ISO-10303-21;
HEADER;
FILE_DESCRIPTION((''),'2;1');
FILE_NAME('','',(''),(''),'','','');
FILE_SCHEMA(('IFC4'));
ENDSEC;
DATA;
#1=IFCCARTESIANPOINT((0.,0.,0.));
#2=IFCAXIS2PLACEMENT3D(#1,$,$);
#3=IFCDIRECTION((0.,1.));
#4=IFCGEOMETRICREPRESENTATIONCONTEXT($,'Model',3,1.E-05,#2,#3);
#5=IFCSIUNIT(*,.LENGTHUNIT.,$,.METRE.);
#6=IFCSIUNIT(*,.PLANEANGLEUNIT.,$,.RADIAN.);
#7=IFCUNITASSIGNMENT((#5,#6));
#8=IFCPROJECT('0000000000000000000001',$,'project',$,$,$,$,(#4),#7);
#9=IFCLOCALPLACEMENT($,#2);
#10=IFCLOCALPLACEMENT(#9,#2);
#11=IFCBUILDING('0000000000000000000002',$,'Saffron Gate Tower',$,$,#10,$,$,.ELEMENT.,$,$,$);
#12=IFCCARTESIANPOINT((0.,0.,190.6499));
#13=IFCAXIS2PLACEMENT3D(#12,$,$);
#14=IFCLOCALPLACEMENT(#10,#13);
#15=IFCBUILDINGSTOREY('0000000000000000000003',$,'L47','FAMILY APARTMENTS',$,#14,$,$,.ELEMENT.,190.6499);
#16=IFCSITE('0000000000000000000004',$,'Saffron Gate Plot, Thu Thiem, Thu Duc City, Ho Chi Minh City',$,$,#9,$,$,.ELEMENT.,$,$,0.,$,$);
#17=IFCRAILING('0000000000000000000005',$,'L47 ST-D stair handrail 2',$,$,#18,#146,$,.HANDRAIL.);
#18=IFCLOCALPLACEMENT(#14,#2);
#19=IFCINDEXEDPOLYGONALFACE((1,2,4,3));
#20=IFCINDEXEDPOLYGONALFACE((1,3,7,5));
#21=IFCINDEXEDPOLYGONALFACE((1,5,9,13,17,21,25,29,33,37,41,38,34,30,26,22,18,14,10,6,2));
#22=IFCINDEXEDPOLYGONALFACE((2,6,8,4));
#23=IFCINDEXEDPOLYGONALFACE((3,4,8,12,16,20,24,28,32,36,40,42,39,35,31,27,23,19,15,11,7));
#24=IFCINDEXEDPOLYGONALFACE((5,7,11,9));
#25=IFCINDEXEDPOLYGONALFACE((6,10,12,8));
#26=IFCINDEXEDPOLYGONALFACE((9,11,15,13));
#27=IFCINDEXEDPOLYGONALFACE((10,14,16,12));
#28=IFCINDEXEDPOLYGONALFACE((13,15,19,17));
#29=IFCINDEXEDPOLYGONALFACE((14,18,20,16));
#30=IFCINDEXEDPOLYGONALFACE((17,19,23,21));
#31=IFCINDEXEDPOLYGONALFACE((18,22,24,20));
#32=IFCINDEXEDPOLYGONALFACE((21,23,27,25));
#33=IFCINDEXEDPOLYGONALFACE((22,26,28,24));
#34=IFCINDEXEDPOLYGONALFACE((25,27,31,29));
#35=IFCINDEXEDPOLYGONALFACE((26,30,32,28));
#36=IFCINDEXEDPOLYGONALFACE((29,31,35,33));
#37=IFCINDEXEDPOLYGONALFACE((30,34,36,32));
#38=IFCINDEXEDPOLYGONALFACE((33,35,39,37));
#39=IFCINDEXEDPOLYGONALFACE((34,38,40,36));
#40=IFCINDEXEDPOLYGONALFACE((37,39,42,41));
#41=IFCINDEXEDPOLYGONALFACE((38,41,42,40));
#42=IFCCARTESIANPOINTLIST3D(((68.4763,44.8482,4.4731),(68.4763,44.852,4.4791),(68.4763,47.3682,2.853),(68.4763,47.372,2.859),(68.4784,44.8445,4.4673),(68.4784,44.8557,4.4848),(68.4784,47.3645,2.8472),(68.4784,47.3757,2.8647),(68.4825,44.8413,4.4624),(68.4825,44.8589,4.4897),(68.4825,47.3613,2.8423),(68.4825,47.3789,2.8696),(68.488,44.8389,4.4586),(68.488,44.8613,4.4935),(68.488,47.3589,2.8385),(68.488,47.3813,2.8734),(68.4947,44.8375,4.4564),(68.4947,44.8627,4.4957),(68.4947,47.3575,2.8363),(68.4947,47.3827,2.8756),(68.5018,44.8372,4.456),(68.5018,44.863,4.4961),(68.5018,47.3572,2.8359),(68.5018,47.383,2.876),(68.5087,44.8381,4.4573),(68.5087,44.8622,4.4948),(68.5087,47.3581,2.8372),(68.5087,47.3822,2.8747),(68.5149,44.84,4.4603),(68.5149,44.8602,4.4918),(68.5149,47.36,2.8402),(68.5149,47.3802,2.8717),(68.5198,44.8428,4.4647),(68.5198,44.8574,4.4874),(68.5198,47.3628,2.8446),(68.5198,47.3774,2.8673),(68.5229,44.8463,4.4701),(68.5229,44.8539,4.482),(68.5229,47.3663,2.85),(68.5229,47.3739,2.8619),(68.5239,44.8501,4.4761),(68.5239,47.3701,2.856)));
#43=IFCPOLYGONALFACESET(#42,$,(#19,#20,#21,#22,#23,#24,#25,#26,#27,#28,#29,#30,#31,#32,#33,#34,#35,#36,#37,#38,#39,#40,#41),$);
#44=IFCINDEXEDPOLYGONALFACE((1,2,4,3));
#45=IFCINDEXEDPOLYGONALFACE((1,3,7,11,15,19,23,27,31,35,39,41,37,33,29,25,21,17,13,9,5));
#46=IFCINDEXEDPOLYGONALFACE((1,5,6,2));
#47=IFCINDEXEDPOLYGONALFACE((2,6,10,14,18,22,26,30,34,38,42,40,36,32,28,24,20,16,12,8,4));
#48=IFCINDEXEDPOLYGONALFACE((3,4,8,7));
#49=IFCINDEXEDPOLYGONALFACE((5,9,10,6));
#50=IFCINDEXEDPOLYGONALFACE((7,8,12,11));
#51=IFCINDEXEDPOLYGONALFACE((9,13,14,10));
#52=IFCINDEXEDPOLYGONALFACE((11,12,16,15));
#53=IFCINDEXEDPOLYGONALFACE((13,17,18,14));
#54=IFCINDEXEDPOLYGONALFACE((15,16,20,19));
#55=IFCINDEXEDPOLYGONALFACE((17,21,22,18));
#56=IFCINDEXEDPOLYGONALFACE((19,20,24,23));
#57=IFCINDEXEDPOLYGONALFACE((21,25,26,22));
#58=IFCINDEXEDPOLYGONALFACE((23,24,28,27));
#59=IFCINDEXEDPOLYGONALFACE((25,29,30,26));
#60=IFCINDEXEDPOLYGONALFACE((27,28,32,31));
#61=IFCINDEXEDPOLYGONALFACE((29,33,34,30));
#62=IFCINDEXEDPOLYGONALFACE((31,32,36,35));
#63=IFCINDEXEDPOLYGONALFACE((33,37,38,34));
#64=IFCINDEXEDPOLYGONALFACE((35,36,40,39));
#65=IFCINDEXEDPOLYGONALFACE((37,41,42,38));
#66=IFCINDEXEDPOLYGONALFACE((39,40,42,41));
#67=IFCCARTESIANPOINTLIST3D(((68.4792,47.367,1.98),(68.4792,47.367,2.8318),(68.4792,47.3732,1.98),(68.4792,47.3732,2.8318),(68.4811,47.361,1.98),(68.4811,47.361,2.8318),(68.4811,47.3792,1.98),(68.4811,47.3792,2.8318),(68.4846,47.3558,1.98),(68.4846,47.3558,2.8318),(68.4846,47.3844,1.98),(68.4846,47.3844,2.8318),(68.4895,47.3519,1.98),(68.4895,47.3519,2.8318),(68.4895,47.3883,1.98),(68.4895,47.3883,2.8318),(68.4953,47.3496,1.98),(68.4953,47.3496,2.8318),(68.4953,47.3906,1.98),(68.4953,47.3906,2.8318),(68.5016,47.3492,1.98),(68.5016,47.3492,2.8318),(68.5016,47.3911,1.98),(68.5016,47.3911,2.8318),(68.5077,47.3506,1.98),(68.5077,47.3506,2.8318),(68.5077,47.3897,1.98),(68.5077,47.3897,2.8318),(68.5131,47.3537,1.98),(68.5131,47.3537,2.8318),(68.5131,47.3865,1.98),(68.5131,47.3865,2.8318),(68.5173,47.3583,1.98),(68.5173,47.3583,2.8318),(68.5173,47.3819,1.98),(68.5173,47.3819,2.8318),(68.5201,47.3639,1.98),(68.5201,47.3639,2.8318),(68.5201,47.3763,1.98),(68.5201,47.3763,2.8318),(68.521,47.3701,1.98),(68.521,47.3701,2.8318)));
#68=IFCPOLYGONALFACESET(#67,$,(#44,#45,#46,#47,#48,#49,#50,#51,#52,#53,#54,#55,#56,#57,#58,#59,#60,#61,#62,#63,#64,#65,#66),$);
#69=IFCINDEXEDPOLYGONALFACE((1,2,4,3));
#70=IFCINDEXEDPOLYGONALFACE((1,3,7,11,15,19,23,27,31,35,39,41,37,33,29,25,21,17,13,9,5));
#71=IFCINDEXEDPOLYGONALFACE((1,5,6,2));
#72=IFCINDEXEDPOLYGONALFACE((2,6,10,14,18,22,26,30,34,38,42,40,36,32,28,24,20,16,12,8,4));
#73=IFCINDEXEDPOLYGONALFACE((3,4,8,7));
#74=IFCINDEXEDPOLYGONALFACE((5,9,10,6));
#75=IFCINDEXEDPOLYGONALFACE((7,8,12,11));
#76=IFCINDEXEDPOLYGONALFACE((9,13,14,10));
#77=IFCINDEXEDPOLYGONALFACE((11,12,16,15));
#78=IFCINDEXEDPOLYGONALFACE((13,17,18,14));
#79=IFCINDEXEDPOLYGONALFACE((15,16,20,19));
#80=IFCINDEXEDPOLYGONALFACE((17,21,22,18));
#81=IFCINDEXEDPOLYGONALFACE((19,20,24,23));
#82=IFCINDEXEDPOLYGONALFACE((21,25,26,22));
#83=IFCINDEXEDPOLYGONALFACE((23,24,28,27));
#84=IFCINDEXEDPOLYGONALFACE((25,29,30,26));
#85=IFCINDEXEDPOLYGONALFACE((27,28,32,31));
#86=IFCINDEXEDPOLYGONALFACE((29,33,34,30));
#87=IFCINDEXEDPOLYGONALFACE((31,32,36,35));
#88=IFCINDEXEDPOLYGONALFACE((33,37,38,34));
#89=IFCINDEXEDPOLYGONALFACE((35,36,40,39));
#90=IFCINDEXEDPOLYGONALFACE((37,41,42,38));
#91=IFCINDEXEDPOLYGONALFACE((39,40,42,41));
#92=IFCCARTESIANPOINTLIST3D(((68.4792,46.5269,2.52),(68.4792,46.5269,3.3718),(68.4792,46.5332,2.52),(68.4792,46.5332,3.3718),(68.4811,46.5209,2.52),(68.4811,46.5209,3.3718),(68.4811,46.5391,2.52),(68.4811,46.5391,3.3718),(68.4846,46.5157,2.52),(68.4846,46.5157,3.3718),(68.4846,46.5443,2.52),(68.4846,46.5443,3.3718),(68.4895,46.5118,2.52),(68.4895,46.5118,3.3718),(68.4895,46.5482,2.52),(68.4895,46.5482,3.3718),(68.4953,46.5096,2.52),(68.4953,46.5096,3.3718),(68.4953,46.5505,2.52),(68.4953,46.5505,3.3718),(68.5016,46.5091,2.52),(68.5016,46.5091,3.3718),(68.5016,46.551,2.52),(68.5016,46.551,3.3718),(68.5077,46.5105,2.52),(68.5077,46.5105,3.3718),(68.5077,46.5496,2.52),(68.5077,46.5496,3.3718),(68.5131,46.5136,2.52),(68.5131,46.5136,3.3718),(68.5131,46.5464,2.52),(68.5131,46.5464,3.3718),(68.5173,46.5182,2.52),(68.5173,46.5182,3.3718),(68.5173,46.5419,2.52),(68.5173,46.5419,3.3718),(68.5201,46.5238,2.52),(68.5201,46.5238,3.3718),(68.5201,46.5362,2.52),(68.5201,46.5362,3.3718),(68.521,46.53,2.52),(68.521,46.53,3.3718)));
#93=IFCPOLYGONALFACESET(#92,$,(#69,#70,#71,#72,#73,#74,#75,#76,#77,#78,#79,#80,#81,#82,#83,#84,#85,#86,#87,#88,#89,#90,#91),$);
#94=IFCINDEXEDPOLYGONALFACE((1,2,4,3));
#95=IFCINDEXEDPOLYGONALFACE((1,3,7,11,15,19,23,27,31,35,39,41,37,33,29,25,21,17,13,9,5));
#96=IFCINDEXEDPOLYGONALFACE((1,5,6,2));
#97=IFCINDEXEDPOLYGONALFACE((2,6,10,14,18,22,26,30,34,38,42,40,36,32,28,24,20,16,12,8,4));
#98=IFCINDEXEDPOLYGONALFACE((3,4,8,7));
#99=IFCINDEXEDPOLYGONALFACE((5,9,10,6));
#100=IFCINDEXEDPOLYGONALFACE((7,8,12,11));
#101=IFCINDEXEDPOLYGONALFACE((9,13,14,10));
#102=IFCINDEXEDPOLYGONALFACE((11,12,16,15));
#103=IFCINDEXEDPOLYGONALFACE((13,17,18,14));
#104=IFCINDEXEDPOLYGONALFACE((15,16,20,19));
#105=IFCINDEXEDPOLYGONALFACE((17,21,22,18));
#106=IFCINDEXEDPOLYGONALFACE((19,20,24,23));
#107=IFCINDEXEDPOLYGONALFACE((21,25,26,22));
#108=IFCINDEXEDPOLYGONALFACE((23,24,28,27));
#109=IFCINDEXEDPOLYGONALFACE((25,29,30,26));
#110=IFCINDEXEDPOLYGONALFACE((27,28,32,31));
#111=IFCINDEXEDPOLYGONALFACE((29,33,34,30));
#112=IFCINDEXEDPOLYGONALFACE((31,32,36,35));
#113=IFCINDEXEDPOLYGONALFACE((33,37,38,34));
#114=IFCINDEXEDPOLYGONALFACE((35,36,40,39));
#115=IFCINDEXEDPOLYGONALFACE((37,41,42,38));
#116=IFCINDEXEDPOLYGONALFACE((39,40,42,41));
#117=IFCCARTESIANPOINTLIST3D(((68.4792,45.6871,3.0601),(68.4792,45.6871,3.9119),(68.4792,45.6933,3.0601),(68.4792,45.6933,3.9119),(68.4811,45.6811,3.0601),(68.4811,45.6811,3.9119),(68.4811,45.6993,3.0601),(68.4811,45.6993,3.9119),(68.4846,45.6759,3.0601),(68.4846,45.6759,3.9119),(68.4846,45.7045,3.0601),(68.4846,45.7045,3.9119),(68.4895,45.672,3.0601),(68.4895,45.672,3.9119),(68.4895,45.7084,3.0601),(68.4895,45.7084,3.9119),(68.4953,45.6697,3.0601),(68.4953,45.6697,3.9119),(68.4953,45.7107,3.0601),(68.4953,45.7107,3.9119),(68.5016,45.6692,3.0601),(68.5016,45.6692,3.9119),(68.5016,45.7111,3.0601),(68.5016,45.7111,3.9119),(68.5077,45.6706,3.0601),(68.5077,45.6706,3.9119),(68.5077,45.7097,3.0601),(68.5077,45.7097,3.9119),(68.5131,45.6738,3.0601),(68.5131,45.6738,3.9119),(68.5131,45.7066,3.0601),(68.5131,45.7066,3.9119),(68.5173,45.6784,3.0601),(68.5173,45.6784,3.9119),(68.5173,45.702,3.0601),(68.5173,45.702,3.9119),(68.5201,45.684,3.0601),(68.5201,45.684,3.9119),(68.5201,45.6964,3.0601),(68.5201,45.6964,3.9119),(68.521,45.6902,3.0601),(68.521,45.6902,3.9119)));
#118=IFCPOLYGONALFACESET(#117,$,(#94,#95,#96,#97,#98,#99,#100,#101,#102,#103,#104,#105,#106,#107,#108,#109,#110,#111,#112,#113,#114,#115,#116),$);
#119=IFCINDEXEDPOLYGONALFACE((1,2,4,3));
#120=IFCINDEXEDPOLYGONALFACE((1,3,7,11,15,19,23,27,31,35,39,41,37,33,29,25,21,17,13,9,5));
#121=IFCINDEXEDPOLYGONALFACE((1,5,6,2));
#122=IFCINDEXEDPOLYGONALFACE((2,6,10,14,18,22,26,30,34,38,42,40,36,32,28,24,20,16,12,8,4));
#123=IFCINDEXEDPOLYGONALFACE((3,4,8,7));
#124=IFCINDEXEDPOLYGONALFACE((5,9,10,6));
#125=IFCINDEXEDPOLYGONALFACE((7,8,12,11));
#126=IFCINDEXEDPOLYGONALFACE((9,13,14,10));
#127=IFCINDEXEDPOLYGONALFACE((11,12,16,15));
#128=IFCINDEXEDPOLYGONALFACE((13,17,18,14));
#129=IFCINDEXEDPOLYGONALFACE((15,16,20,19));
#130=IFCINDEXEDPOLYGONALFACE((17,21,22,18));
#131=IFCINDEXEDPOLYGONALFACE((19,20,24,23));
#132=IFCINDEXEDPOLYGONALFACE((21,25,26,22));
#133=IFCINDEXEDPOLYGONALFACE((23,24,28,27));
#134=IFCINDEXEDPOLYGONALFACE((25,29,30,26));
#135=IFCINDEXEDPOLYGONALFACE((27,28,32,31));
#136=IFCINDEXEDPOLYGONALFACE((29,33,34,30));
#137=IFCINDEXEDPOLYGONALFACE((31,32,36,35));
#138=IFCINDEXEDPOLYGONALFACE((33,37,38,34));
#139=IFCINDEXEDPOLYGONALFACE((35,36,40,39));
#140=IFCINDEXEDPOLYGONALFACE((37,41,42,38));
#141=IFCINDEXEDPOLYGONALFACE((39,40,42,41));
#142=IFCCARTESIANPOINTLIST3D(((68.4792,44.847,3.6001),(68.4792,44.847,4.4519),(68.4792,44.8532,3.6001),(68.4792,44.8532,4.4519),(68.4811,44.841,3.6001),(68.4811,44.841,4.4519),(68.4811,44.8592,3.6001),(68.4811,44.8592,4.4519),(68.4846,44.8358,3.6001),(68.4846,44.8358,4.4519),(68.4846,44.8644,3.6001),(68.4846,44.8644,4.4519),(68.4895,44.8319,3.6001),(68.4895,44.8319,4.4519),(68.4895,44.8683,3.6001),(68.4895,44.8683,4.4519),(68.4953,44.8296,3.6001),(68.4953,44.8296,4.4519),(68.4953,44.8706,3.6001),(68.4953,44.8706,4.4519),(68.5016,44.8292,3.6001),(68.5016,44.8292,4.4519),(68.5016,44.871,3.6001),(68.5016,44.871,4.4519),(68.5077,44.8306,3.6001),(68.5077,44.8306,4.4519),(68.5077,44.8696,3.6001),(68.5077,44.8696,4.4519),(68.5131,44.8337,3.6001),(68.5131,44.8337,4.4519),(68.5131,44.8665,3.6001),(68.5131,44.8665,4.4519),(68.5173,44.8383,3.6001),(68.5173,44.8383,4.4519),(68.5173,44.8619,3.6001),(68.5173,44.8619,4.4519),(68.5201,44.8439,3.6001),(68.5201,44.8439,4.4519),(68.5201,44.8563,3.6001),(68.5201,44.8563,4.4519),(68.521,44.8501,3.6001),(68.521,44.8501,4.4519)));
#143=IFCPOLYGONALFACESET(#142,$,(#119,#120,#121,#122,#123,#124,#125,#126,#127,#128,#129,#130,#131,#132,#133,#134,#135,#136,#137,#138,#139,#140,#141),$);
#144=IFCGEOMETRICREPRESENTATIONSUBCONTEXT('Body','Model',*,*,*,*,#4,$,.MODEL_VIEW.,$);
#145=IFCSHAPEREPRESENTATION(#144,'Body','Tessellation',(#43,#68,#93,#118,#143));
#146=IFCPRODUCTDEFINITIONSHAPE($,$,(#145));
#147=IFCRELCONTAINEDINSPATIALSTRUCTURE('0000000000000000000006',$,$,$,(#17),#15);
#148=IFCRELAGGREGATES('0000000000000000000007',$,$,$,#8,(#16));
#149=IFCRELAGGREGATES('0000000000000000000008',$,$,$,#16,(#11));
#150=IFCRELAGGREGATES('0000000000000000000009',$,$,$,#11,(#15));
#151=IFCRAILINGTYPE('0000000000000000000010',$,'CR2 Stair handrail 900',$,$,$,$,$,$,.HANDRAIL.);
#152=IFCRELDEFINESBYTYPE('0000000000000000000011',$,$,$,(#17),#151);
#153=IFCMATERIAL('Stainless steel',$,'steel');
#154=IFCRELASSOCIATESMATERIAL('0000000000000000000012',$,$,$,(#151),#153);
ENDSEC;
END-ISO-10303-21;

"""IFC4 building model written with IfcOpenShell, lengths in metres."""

from ifc_helpers import new_model, si_unit, direction, frame, origin, origin_2d, place, context, subcontext, project, spatial, circle, extrude, material, type_object, element, save


model = new_model("IFC4")

# Units and contexts
model_context = context("Model", 3, precision=1e-05, world=origin(), true_north=direction((0.0, 1.0)))
body_context = subcontext(model_context, "Body", "Model", "MODEL_VIEW")
ifc_project = project(units=[si_unit("LENGTHUNIT", "METRE"), si_unit("PLANEANGLEUNIT", "RADIAN")], contexts=[model_context])

# Site, building, storey
site_placement = place(None, origin())
site = spatial("IfcSite", under=ifc_project, at=site_placement, Name="Saffron Gate Plot, Thu Thiem, Thu Duc City, Ho Chi Minh City", CompositionType="ELEMENT", RefElevation=0.0)
building_placement = place(site_placement, origin())
building = spatial("IfcBuilding", under=site, at=building_placement, Name="Saffron Gate Tower", CompositionType="ELEMENT")
storey_placement = place(building_placement, frame((0.0, 0.0, 190.6499)))
storey = spatial("IfcBuildingStorey", under=building, at=storey_placement, Name="L47", Description="FAMILY APARTMENTS", CompositionType="ELEMENT", Elevation=190.6499)

# Railing
ifc_material_1 = material(Name="Stainless steel", Category="steel")
railing_type_1 = type_object("IfcRailingType", Name="CR2 Stair handrail 900", PredefinedType="HANDRAIL", material=ifc_material_1)
railing_1_placement = place(storey_placement, frame((68.5, 47.3701, 1.98)))
element("IfcRailing", 1, at=railing_1_placement, inside=storey, type_object=railing_type_1, Name="L47 ST-D stair handrail 2", PredefinedType="HANDRAIL", context=body_context, shape_type="SweptSolid", body=[
    extrude(circle(Radius=0.0239, at=origin_2d()), frame((0.0, 0.0, 0.876), z_axis=(0.0, -0.841163, 0.540782), x_axis=(1.0, 0.0, 0.0)), (0.0, 0.0, 1.0), 2.9958),
    extrude(circle(Radius=0.021, at=origin_2d()), origin(), (0.0, 0.0, 1.0), 0.8518),
    extrude(circle(Radius=0.021, at=origin_2d()), frame((0.0, -0.8401, 0.54)), (0.0, 0.0, 1.0), 0.8518),
    extrude(circle(Radius=0.021, at=origin_2d()), frame((0.0, -1.6799, 1.0801)), (0.0, 0.0, 1.0), 0.8518),
    extrude(circle(Radius=0.021, at=origin_2d()), frame((0.0, -2.52, 1.6201)), (0.0, 0.0, 1.0), 0.8518),
])

save(model, "model.ifc")
